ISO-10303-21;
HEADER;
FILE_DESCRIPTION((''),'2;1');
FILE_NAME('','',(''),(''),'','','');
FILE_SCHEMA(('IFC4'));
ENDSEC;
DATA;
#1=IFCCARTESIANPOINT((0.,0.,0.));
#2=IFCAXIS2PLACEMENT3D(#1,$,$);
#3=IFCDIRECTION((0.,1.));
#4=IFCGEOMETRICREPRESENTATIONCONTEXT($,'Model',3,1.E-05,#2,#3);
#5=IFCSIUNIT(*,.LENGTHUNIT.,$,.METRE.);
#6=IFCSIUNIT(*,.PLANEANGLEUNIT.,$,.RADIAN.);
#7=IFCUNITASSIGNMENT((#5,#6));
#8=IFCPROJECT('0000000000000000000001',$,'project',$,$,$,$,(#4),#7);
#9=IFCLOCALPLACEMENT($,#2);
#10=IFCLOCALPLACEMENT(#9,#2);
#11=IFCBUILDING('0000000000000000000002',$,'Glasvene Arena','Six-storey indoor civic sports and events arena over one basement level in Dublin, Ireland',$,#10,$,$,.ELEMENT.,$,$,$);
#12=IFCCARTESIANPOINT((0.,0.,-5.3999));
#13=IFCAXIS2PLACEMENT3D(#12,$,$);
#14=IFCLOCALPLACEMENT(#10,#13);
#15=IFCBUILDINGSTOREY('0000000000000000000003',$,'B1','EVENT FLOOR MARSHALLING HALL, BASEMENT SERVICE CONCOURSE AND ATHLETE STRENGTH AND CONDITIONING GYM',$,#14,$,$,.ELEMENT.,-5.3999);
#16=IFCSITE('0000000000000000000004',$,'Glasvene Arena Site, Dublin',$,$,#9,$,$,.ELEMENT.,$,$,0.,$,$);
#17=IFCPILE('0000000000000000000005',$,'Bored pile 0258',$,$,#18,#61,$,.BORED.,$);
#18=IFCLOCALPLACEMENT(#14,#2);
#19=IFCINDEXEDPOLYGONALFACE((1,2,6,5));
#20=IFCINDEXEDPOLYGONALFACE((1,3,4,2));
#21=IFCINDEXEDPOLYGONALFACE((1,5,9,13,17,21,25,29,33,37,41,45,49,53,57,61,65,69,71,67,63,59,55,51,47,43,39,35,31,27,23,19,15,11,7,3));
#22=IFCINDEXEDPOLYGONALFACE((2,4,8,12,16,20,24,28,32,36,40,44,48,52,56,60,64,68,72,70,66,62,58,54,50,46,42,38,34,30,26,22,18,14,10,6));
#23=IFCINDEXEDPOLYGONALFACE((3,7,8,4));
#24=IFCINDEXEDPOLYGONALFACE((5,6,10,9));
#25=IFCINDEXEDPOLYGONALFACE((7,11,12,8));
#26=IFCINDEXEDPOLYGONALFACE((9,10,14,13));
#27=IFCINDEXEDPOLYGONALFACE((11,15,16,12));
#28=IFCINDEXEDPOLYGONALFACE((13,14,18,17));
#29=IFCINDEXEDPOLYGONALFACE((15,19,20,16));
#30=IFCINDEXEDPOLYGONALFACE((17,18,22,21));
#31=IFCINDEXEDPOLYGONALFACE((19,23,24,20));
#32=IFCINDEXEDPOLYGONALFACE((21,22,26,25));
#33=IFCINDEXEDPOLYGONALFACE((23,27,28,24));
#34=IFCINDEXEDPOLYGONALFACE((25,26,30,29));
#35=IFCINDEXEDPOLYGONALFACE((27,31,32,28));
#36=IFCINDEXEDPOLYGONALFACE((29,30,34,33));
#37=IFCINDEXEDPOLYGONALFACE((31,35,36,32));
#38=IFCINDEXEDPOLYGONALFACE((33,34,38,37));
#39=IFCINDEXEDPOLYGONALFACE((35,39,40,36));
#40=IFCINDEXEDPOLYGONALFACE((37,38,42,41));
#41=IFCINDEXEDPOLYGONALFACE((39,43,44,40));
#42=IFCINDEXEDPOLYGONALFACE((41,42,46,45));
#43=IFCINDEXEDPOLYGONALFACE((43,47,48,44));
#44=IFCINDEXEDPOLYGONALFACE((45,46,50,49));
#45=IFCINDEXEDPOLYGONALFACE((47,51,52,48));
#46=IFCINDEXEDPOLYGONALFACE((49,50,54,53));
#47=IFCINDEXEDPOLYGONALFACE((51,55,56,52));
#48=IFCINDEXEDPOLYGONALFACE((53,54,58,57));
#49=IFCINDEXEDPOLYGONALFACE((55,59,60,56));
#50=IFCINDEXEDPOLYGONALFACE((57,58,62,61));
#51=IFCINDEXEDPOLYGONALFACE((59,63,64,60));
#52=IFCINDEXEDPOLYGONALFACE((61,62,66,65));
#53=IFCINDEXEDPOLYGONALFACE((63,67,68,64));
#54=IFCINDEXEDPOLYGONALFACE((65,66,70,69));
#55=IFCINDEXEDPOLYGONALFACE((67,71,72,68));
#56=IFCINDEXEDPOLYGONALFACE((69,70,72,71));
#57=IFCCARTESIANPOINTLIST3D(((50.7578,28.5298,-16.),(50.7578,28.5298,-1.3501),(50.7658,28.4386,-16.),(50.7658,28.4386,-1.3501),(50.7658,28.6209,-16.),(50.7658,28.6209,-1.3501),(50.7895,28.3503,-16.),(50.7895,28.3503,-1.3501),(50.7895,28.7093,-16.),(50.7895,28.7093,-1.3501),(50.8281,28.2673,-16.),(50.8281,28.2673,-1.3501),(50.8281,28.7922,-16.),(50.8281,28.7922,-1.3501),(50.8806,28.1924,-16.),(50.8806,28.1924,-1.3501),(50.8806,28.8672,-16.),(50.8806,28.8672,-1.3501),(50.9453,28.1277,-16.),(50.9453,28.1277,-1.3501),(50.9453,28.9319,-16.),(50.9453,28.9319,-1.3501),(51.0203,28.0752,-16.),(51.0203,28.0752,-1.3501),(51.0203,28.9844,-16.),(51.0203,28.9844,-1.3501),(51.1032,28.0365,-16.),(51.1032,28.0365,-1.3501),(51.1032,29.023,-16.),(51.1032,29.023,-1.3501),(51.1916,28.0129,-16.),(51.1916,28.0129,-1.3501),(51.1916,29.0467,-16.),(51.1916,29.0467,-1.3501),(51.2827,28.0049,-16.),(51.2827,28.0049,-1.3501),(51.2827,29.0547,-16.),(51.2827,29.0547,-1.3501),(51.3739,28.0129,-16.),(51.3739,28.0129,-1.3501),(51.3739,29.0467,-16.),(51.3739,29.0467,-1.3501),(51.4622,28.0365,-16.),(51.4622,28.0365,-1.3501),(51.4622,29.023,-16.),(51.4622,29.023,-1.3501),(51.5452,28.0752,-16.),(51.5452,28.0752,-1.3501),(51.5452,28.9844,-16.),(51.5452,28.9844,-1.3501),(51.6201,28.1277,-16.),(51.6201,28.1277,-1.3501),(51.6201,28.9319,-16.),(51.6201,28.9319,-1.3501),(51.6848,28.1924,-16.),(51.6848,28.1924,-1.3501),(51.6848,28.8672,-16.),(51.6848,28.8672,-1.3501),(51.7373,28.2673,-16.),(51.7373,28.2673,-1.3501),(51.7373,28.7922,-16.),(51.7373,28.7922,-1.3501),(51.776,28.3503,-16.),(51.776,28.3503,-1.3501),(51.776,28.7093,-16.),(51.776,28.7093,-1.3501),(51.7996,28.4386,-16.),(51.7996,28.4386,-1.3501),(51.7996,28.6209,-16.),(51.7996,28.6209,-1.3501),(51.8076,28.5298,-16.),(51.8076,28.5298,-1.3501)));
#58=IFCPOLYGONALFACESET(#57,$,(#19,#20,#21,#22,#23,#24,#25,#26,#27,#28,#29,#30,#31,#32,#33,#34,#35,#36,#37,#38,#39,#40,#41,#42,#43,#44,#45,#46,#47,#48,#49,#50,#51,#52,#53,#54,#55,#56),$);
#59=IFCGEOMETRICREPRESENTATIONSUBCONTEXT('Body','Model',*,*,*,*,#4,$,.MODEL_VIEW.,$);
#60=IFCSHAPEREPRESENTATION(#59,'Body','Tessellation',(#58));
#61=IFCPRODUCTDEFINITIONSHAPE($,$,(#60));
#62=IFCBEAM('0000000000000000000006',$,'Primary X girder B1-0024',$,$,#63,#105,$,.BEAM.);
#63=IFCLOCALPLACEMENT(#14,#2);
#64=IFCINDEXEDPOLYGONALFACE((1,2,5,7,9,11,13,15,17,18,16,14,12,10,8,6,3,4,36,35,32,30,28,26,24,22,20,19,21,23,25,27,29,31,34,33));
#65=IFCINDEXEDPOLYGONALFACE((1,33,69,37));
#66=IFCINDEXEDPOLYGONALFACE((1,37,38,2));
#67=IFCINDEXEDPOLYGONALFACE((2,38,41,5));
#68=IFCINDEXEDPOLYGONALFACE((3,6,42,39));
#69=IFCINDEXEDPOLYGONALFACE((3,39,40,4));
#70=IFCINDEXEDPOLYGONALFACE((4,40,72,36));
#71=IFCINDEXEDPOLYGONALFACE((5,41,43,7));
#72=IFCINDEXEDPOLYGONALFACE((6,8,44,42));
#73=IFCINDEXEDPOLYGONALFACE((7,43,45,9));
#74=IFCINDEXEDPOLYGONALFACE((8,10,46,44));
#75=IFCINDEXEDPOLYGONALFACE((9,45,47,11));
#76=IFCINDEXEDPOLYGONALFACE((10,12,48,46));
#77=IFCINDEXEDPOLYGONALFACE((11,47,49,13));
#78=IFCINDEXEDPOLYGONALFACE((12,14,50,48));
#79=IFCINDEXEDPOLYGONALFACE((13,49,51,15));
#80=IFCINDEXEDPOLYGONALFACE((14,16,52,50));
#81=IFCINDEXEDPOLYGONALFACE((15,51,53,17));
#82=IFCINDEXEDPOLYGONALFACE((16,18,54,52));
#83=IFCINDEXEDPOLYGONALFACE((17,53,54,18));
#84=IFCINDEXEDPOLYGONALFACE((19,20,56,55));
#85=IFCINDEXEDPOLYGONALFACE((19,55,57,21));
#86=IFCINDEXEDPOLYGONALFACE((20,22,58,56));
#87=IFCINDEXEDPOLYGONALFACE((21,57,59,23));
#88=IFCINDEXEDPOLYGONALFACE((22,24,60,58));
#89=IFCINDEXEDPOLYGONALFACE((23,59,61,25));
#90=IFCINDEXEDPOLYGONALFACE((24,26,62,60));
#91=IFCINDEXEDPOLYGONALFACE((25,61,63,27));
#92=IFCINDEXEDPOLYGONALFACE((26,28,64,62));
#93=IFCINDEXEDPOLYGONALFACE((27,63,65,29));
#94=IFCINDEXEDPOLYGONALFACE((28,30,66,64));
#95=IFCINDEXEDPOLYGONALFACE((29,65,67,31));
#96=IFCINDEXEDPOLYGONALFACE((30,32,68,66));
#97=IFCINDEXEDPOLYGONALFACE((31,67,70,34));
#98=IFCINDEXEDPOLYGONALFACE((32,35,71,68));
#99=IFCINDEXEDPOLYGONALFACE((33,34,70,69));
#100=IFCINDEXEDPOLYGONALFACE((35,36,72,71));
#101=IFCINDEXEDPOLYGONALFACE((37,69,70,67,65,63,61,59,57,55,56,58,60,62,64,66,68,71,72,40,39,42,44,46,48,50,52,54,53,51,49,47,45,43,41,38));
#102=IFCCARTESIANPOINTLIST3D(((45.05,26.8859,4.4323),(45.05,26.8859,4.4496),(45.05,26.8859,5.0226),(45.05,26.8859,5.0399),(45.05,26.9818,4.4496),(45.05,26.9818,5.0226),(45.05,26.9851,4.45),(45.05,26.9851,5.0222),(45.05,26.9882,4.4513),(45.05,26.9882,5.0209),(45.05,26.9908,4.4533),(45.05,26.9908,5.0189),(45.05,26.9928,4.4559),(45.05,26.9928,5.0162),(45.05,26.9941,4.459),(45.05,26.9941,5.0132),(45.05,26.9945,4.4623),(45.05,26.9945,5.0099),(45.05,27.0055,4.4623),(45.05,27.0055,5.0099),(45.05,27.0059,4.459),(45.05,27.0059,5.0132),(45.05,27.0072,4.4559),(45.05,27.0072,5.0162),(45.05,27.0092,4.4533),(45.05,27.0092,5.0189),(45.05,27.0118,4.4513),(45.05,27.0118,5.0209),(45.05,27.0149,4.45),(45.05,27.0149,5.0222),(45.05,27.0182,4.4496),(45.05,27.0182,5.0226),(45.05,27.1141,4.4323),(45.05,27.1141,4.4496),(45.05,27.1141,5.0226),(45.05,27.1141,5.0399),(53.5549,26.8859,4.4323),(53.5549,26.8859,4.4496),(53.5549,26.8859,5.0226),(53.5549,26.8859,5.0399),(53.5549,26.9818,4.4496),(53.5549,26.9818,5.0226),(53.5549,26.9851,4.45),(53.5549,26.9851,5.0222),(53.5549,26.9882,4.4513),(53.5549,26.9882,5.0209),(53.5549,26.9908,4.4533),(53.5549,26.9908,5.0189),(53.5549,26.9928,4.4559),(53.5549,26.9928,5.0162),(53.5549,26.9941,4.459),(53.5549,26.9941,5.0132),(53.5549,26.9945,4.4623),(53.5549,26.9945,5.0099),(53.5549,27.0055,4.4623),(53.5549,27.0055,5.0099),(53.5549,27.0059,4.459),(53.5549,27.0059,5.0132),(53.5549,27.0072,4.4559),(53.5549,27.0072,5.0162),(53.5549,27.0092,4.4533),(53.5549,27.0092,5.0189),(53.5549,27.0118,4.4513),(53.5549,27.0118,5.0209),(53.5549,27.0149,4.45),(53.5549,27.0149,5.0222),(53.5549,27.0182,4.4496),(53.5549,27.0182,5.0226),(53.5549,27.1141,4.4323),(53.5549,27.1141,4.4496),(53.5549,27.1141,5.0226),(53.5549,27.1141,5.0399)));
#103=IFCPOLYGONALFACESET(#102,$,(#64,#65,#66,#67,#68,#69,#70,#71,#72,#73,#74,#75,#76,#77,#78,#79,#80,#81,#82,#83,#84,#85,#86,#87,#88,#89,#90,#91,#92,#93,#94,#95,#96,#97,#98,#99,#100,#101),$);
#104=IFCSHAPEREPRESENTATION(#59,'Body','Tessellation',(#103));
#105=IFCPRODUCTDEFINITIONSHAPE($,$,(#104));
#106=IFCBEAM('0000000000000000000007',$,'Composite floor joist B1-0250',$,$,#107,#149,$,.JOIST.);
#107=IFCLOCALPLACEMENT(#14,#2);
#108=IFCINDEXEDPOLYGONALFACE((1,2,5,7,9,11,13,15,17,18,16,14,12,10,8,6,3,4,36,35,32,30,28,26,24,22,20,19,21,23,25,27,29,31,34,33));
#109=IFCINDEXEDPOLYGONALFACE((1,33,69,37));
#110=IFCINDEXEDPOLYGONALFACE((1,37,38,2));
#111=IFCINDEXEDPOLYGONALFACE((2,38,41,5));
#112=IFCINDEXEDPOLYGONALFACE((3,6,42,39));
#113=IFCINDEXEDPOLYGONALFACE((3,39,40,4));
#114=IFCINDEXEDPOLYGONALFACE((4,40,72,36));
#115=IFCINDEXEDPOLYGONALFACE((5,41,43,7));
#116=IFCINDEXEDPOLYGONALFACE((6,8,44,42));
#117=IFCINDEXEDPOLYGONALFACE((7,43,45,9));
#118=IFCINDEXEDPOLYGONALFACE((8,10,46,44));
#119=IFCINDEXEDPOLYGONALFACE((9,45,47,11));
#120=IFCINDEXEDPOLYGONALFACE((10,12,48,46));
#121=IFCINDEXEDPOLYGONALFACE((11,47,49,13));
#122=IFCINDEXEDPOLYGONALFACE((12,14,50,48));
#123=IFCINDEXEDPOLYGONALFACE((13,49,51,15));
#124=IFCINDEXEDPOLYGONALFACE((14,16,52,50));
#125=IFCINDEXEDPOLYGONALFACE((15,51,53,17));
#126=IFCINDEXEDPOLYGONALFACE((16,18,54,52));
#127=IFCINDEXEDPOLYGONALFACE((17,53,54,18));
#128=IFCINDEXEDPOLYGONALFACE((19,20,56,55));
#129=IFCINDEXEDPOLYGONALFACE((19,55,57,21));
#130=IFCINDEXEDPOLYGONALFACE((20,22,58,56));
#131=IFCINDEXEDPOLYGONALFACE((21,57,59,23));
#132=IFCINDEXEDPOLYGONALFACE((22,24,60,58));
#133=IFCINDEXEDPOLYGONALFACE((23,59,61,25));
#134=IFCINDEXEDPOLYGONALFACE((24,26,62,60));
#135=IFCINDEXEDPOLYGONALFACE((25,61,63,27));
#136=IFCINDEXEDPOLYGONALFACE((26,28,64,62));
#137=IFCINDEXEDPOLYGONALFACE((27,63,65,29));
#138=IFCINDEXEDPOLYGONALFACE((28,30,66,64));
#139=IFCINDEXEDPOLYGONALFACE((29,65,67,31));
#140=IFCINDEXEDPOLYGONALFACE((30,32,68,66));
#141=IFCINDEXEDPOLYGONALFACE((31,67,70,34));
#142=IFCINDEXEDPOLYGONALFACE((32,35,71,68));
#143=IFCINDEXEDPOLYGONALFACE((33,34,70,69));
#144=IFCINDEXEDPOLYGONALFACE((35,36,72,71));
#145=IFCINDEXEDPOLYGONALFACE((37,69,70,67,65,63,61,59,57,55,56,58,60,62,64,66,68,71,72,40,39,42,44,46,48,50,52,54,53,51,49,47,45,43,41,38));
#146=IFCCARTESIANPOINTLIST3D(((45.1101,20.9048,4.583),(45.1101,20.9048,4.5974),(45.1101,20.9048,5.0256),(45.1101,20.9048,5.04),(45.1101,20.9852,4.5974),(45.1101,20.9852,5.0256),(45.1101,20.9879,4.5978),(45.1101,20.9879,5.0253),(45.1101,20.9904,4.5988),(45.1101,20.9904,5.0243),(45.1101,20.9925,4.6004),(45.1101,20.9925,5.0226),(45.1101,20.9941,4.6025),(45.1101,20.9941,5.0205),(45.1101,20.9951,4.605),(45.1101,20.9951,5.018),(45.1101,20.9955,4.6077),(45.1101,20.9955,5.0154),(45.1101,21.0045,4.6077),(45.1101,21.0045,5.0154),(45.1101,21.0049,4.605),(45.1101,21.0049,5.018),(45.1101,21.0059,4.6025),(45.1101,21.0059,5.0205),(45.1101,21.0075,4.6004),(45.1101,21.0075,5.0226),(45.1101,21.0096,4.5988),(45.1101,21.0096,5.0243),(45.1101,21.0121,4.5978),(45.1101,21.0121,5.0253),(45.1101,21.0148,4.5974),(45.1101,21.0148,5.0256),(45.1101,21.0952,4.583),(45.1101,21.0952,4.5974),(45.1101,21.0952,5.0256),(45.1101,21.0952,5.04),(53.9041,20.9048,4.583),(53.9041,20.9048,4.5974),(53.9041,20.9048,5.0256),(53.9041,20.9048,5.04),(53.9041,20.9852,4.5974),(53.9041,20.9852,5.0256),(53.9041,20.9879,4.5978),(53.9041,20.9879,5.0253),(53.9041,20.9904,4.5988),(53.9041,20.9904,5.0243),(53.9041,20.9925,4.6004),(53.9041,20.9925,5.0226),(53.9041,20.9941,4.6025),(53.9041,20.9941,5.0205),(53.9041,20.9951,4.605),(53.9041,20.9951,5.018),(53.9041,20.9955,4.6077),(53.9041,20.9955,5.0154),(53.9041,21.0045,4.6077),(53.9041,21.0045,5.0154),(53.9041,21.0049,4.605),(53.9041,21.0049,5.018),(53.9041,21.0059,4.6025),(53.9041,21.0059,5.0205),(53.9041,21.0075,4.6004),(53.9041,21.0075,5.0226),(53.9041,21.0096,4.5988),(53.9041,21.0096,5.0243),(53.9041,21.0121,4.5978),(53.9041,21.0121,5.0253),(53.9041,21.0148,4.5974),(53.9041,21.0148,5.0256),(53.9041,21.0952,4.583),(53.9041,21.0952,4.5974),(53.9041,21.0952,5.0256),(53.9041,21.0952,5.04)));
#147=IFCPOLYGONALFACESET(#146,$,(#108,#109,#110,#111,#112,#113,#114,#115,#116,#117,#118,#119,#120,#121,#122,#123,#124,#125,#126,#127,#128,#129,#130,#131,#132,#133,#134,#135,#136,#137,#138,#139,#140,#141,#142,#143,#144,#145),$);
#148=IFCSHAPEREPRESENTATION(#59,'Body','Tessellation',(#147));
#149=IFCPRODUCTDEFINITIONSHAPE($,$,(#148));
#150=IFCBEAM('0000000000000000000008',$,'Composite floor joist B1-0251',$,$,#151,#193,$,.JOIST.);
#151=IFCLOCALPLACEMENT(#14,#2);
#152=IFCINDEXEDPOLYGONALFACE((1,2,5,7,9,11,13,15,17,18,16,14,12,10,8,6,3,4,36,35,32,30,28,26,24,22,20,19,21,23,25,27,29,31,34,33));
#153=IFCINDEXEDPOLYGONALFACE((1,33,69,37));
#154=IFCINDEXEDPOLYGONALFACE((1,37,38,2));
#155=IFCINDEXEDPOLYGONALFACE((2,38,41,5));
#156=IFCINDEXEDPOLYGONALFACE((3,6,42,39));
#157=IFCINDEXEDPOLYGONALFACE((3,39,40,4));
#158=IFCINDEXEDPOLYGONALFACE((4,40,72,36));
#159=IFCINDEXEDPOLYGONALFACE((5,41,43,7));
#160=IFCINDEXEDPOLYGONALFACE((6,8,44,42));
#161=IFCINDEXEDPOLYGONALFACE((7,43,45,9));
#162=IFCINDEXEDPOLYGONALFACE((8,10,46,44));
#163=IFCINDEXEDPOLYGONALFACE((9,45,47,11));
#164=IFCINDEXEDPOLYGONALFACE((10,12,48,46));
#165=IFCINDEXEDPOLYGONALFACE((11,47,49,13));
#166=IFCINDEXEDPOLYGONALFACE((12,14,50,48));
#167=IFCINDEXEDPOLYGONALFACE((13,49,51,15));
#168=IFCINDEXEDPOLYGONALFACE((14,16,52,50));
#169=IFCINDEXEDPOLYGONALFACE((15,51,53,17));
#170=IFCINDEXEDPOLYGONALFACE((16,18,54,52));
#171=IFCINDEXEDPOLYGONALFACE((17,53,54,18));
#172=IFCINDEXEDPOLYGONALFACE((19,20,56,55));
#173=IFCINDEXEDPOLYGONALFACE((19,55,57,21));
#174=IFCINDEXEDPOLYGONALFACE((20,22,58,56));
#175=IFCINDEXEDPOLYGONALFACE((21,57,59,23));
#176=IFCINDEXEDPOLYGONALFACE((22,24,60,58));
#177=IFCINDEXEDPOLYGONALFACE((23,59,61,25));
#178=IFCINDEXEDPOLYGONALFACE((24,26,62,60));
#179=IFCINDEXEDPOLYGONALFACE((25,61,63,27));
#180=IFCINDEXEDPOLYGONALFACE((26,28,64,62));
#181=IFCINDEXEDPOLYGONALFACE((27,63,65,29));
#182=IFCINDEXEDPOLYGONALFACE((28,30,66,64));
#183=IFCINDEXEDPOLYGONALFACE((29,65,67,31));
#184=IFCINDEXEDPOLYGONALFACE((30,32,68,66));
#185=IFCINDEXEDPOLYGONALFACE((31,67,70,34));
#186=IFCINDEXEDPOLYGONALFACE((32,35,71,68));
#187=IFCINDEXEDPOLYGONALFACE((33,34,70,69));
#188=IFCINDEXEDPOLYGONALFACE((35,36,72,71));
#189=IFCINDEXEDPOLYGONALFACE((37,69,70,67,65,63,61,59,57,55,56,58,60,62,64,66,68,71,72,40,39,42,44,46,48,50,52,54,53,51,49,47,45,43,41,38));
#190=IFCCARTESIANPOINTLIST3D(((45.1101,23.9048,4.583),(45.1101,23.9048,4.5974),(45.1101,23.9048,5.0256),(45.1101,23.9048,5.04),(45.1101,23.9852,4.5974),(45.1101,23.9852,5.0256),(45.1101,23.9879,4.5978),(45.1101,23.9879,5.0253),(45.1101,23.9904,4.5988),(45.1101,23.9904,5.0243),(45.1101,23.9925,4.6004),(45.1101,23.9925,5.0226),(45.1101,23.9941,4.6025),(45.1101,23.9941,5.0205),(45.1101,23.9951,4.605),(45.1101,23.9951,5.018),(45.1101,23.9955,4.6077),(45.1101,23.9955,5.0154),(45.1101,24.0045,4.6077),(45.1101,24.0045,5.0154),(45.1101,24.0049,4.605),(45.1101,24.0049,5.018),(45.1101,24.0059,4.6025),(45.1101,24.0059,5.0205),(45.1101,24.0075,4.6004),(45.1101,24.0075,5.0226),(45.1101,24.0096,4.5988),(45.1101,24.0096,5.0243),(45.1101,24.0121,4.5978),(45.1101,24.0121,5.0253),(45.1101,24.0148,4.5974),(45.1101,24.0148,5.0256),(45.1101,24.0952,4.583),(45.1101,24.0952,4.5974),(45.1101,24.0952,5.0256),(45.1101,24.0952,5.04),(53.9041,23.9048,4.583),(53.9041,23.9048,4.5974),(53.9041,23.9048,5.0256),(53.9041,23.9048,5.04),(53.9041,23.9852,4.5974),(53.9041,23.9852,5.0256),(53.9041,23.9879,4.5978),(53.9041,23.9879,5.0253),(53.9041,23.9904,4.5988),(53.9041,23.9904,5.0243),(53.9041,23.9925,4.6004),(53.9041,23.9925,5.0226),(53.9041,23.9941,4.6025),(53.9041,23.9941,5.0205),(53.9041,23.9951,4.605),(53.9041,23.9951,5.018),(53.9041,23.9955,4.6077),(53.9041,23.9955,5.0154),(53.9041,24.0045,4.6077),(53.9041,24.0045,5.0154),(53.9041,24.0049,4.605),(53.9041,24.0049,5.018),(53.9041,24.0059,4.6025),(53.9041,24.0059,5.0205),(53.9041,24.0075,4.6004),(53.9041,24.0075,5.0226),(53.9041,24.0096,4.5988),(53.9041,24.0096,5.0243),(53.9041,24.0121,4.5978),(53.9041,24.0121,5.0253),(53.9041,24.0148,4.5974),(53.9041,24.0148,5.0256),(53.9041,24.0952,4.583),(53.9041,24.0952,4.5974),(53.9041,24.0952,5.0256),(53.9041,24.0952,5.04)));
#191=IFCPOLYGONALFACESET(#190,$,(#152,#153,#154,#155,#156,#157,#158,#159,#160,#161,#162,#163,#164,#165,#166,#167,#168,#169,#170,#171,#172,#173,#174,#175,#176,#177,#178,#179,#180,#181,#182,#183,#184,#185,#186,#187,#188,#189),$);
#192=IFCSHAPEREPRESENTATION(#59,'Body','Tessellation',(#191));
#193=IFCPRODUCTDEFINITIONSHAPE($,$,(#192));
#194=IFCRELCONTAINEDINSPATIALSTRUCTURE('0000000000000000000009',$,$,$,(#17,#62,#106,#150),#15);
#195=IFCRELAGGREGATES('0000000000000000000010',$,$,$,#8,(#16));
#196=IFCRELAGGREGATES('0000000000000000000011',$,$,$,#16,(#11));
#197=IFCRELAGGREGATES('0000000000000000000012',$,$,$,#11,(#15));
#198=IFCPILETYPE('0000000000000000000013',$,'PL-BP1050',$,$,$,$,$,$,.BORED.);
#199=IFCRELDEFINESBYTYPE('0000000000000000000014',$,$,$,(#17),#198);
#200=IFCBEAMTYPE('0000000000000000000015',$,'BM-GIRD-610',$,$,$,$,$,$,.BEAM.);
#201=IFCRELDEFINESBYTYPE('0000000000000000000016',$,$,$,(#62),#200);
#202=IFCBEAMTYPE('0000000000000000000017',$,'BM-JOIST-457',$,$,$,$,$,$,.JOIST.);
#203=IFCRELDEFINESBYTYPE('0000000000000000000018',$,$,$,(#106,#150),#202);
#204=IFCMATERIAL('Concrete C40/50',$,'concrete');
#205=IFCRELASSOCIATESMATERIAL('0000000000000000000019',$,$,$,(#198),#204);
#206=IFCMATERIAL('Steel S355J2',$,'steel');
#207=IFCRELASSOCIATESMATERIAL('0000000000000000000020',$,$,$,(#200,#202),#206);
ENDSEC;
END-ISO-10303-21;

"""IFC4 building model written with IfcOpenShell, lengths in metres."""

from ifc_helpers import new_model, si_unit, direction, frame, origin, origin_2d, place, context, subcontext, project, spatial, circle, i_section, extrude, material, material_profile, profile_set, type_object, element, save


model = new_model("IFC4")

# Units and contexts
model_context = context("Model", 3, precision=1e-05, world=origin(), true_north=direction((0.0, 1.0)))
body_context = subcontext(model_context, "Body", "Model", "MODEL_VIEW")
ifc_project = project(units=[si_unit("LENGTHUNIT", "METRE"), si_unit("PLANEANGLEUNIT", "RADIAN")], contexts=[model_context])

# Site, building, storey
site_placement = place(None, origin())
site = spatial("IfcSite", under=ifc_project, at=site_placement, Name="Glasvene Arena Site, Dublin", CompositionType="ELEMENT", RefElevation=0.0)
building_placement = place(site_placement, origin())
building = spatial("IfcBuilding", under=site, at=building_placement, Name="Glasvene Arena", Description="Six-storey indoor civic sports and events arena over one basement level in Dublin, Ireland", CompositionType="ELEMENT")
storey_placement = place(building_placement, frame((0.0, 0.0, -5.3999)))
storey = spatial("IfcBuildingStorey", under=building, at=storey_placement, Name="B1", Description="EVENT FLOOR MARSHALLING HALL, BASEMENT SERVICE CONCOURSE AND ATHLETE STRENGTH AND CONDITIONING GYM", CompositionType="ELEMENT", Elevation=-5.3999)

# Pile
ifc_material_1 = material(Name="Concrete C40/50", Category="concrete")
ifc_material_profile_1 = material_profile(ifc_material_1, circle(Radius=0.5249, at=origin_2d()), Name="BORED PILE 1050")
ifc_profile_set_1 = profile_set([ifc_material_profile_1], Name="Concrete C40/50")
pile_type = type_object("IfcPileType", Name="PL-BP1050", PredefinedType="BORED", material=ifc_profile_set_1)
for number, where, z_axis, x_axis, name in (
    (1, (51.2827, 28.5298, -1.3501), (0.0, 0.0, -1.0), (1.0, 0.0, 0.0), "Bored pile 0258"),
):
    element("IfcPile", number, at=place(storey_placement, frame(where, z_axis=z_axis, x_axis=x_axis)), inside=storey, type_object=pile_type, Name=name, PredefinedType="BORED", context=body_context, shape_type="SweptSolid", body=[
        extrude(circle(Radius=0.5249, at=origin_2d()), origin(), (0.0, 0.0, 1.0), 14.6499),
    ])

# Beams
ifc_material_2 = material(Name="Steel S355J2", Category="steel")
ifc_material_profile_2 = material_profile(ifc_material_2, i_section(OverallWidth=0.2283, OverallDepth=0.6077, WebThickness=0.011, FlangeThickness=0.0173, FilletRadius=0.0127, at=origin_2d()), Name="UKB 610x229x113")
ifc_profile_set_2 = profile_set([ifc_material_profile_2], Name="Steel S355J2")
beam_type_1 = type_object("IfcBeamType", Name="BM-GIRD-610", PredefinedType="BEAM", material=ifc_profile_set_2)
beam_placement = place(storey_placement, frame((45.05, 27.0, 4.7361), z_axis=(1.0, 0.0, 0.0), x_axis=(0.0, 1.0, 0.0)))
element("IfcBeam", 2, at=beam_placement, inside=storey, type_object=beam_type_1, Name="Primary X girder B1-0024", PredefinedType="BEAM", context=body_context, shape_type="SweptSolid", body=[
    extrude(i_section(OverallWidth=0.2283, OverallDepth=0.6077, WebThickness=0.011, FlangeThickness=0.0173, FilletRadius=0.0127, at=origin_2d()), origin(), (0.0, 0.0, 1.0), 8.5049),
])
ifc_material_profile_3 = material_profile(ifc_material_2, i_section(OverallWidth=0.1904, OverallDepth=0.457, WebThickness=0.009, FlangeThickness=0.0144, FilletRadius=0.0103, at=origin_2d()), Name="UKB 457x191x74")
ifc_profile_set_3 = profile_set([ifc_material_profile_3], Name="Steel S355J2")
beam_type_2 = type_object("IfcBeamType", Name="BM-JOIST-457", PredefinedType="JOIST", material=ifc_profile_set_3)
for number, where, z_axis, x_axis, name in (
    (3, (45.1101, 21.0, 4.8115), (1.0, 0.0, 0.0), (0.0, 1.0, 0.0), "Composite floor joist B1-0250"),
    (4, (45.1101, 24.0, 4.8115), (1.0, 0.0, 0.0), (0.0, 1.0, 0.0), "Composite floor joist B1-0251"),
):
    element("IfcBeam", number, at=place(storey_placement, frame(where, z_axis=z_axis, x_axis=x_axis)), inside=storey, type_object=beam_type_2, Name=name, PredefinedType="JOIST", context=body_context, shape_type="SweptSolid", body=[
        extrude(i_section(OverallWidth=0.1904, OverallDepth=0.457, WebThickness=0.009, FlangeThickness=0.0144, FilletRadius=0.0103, at=origin_2d()), origin(), (0.0, 0.0, 1.0), 8.7939),
    ])

save(model, "model.ifc")
